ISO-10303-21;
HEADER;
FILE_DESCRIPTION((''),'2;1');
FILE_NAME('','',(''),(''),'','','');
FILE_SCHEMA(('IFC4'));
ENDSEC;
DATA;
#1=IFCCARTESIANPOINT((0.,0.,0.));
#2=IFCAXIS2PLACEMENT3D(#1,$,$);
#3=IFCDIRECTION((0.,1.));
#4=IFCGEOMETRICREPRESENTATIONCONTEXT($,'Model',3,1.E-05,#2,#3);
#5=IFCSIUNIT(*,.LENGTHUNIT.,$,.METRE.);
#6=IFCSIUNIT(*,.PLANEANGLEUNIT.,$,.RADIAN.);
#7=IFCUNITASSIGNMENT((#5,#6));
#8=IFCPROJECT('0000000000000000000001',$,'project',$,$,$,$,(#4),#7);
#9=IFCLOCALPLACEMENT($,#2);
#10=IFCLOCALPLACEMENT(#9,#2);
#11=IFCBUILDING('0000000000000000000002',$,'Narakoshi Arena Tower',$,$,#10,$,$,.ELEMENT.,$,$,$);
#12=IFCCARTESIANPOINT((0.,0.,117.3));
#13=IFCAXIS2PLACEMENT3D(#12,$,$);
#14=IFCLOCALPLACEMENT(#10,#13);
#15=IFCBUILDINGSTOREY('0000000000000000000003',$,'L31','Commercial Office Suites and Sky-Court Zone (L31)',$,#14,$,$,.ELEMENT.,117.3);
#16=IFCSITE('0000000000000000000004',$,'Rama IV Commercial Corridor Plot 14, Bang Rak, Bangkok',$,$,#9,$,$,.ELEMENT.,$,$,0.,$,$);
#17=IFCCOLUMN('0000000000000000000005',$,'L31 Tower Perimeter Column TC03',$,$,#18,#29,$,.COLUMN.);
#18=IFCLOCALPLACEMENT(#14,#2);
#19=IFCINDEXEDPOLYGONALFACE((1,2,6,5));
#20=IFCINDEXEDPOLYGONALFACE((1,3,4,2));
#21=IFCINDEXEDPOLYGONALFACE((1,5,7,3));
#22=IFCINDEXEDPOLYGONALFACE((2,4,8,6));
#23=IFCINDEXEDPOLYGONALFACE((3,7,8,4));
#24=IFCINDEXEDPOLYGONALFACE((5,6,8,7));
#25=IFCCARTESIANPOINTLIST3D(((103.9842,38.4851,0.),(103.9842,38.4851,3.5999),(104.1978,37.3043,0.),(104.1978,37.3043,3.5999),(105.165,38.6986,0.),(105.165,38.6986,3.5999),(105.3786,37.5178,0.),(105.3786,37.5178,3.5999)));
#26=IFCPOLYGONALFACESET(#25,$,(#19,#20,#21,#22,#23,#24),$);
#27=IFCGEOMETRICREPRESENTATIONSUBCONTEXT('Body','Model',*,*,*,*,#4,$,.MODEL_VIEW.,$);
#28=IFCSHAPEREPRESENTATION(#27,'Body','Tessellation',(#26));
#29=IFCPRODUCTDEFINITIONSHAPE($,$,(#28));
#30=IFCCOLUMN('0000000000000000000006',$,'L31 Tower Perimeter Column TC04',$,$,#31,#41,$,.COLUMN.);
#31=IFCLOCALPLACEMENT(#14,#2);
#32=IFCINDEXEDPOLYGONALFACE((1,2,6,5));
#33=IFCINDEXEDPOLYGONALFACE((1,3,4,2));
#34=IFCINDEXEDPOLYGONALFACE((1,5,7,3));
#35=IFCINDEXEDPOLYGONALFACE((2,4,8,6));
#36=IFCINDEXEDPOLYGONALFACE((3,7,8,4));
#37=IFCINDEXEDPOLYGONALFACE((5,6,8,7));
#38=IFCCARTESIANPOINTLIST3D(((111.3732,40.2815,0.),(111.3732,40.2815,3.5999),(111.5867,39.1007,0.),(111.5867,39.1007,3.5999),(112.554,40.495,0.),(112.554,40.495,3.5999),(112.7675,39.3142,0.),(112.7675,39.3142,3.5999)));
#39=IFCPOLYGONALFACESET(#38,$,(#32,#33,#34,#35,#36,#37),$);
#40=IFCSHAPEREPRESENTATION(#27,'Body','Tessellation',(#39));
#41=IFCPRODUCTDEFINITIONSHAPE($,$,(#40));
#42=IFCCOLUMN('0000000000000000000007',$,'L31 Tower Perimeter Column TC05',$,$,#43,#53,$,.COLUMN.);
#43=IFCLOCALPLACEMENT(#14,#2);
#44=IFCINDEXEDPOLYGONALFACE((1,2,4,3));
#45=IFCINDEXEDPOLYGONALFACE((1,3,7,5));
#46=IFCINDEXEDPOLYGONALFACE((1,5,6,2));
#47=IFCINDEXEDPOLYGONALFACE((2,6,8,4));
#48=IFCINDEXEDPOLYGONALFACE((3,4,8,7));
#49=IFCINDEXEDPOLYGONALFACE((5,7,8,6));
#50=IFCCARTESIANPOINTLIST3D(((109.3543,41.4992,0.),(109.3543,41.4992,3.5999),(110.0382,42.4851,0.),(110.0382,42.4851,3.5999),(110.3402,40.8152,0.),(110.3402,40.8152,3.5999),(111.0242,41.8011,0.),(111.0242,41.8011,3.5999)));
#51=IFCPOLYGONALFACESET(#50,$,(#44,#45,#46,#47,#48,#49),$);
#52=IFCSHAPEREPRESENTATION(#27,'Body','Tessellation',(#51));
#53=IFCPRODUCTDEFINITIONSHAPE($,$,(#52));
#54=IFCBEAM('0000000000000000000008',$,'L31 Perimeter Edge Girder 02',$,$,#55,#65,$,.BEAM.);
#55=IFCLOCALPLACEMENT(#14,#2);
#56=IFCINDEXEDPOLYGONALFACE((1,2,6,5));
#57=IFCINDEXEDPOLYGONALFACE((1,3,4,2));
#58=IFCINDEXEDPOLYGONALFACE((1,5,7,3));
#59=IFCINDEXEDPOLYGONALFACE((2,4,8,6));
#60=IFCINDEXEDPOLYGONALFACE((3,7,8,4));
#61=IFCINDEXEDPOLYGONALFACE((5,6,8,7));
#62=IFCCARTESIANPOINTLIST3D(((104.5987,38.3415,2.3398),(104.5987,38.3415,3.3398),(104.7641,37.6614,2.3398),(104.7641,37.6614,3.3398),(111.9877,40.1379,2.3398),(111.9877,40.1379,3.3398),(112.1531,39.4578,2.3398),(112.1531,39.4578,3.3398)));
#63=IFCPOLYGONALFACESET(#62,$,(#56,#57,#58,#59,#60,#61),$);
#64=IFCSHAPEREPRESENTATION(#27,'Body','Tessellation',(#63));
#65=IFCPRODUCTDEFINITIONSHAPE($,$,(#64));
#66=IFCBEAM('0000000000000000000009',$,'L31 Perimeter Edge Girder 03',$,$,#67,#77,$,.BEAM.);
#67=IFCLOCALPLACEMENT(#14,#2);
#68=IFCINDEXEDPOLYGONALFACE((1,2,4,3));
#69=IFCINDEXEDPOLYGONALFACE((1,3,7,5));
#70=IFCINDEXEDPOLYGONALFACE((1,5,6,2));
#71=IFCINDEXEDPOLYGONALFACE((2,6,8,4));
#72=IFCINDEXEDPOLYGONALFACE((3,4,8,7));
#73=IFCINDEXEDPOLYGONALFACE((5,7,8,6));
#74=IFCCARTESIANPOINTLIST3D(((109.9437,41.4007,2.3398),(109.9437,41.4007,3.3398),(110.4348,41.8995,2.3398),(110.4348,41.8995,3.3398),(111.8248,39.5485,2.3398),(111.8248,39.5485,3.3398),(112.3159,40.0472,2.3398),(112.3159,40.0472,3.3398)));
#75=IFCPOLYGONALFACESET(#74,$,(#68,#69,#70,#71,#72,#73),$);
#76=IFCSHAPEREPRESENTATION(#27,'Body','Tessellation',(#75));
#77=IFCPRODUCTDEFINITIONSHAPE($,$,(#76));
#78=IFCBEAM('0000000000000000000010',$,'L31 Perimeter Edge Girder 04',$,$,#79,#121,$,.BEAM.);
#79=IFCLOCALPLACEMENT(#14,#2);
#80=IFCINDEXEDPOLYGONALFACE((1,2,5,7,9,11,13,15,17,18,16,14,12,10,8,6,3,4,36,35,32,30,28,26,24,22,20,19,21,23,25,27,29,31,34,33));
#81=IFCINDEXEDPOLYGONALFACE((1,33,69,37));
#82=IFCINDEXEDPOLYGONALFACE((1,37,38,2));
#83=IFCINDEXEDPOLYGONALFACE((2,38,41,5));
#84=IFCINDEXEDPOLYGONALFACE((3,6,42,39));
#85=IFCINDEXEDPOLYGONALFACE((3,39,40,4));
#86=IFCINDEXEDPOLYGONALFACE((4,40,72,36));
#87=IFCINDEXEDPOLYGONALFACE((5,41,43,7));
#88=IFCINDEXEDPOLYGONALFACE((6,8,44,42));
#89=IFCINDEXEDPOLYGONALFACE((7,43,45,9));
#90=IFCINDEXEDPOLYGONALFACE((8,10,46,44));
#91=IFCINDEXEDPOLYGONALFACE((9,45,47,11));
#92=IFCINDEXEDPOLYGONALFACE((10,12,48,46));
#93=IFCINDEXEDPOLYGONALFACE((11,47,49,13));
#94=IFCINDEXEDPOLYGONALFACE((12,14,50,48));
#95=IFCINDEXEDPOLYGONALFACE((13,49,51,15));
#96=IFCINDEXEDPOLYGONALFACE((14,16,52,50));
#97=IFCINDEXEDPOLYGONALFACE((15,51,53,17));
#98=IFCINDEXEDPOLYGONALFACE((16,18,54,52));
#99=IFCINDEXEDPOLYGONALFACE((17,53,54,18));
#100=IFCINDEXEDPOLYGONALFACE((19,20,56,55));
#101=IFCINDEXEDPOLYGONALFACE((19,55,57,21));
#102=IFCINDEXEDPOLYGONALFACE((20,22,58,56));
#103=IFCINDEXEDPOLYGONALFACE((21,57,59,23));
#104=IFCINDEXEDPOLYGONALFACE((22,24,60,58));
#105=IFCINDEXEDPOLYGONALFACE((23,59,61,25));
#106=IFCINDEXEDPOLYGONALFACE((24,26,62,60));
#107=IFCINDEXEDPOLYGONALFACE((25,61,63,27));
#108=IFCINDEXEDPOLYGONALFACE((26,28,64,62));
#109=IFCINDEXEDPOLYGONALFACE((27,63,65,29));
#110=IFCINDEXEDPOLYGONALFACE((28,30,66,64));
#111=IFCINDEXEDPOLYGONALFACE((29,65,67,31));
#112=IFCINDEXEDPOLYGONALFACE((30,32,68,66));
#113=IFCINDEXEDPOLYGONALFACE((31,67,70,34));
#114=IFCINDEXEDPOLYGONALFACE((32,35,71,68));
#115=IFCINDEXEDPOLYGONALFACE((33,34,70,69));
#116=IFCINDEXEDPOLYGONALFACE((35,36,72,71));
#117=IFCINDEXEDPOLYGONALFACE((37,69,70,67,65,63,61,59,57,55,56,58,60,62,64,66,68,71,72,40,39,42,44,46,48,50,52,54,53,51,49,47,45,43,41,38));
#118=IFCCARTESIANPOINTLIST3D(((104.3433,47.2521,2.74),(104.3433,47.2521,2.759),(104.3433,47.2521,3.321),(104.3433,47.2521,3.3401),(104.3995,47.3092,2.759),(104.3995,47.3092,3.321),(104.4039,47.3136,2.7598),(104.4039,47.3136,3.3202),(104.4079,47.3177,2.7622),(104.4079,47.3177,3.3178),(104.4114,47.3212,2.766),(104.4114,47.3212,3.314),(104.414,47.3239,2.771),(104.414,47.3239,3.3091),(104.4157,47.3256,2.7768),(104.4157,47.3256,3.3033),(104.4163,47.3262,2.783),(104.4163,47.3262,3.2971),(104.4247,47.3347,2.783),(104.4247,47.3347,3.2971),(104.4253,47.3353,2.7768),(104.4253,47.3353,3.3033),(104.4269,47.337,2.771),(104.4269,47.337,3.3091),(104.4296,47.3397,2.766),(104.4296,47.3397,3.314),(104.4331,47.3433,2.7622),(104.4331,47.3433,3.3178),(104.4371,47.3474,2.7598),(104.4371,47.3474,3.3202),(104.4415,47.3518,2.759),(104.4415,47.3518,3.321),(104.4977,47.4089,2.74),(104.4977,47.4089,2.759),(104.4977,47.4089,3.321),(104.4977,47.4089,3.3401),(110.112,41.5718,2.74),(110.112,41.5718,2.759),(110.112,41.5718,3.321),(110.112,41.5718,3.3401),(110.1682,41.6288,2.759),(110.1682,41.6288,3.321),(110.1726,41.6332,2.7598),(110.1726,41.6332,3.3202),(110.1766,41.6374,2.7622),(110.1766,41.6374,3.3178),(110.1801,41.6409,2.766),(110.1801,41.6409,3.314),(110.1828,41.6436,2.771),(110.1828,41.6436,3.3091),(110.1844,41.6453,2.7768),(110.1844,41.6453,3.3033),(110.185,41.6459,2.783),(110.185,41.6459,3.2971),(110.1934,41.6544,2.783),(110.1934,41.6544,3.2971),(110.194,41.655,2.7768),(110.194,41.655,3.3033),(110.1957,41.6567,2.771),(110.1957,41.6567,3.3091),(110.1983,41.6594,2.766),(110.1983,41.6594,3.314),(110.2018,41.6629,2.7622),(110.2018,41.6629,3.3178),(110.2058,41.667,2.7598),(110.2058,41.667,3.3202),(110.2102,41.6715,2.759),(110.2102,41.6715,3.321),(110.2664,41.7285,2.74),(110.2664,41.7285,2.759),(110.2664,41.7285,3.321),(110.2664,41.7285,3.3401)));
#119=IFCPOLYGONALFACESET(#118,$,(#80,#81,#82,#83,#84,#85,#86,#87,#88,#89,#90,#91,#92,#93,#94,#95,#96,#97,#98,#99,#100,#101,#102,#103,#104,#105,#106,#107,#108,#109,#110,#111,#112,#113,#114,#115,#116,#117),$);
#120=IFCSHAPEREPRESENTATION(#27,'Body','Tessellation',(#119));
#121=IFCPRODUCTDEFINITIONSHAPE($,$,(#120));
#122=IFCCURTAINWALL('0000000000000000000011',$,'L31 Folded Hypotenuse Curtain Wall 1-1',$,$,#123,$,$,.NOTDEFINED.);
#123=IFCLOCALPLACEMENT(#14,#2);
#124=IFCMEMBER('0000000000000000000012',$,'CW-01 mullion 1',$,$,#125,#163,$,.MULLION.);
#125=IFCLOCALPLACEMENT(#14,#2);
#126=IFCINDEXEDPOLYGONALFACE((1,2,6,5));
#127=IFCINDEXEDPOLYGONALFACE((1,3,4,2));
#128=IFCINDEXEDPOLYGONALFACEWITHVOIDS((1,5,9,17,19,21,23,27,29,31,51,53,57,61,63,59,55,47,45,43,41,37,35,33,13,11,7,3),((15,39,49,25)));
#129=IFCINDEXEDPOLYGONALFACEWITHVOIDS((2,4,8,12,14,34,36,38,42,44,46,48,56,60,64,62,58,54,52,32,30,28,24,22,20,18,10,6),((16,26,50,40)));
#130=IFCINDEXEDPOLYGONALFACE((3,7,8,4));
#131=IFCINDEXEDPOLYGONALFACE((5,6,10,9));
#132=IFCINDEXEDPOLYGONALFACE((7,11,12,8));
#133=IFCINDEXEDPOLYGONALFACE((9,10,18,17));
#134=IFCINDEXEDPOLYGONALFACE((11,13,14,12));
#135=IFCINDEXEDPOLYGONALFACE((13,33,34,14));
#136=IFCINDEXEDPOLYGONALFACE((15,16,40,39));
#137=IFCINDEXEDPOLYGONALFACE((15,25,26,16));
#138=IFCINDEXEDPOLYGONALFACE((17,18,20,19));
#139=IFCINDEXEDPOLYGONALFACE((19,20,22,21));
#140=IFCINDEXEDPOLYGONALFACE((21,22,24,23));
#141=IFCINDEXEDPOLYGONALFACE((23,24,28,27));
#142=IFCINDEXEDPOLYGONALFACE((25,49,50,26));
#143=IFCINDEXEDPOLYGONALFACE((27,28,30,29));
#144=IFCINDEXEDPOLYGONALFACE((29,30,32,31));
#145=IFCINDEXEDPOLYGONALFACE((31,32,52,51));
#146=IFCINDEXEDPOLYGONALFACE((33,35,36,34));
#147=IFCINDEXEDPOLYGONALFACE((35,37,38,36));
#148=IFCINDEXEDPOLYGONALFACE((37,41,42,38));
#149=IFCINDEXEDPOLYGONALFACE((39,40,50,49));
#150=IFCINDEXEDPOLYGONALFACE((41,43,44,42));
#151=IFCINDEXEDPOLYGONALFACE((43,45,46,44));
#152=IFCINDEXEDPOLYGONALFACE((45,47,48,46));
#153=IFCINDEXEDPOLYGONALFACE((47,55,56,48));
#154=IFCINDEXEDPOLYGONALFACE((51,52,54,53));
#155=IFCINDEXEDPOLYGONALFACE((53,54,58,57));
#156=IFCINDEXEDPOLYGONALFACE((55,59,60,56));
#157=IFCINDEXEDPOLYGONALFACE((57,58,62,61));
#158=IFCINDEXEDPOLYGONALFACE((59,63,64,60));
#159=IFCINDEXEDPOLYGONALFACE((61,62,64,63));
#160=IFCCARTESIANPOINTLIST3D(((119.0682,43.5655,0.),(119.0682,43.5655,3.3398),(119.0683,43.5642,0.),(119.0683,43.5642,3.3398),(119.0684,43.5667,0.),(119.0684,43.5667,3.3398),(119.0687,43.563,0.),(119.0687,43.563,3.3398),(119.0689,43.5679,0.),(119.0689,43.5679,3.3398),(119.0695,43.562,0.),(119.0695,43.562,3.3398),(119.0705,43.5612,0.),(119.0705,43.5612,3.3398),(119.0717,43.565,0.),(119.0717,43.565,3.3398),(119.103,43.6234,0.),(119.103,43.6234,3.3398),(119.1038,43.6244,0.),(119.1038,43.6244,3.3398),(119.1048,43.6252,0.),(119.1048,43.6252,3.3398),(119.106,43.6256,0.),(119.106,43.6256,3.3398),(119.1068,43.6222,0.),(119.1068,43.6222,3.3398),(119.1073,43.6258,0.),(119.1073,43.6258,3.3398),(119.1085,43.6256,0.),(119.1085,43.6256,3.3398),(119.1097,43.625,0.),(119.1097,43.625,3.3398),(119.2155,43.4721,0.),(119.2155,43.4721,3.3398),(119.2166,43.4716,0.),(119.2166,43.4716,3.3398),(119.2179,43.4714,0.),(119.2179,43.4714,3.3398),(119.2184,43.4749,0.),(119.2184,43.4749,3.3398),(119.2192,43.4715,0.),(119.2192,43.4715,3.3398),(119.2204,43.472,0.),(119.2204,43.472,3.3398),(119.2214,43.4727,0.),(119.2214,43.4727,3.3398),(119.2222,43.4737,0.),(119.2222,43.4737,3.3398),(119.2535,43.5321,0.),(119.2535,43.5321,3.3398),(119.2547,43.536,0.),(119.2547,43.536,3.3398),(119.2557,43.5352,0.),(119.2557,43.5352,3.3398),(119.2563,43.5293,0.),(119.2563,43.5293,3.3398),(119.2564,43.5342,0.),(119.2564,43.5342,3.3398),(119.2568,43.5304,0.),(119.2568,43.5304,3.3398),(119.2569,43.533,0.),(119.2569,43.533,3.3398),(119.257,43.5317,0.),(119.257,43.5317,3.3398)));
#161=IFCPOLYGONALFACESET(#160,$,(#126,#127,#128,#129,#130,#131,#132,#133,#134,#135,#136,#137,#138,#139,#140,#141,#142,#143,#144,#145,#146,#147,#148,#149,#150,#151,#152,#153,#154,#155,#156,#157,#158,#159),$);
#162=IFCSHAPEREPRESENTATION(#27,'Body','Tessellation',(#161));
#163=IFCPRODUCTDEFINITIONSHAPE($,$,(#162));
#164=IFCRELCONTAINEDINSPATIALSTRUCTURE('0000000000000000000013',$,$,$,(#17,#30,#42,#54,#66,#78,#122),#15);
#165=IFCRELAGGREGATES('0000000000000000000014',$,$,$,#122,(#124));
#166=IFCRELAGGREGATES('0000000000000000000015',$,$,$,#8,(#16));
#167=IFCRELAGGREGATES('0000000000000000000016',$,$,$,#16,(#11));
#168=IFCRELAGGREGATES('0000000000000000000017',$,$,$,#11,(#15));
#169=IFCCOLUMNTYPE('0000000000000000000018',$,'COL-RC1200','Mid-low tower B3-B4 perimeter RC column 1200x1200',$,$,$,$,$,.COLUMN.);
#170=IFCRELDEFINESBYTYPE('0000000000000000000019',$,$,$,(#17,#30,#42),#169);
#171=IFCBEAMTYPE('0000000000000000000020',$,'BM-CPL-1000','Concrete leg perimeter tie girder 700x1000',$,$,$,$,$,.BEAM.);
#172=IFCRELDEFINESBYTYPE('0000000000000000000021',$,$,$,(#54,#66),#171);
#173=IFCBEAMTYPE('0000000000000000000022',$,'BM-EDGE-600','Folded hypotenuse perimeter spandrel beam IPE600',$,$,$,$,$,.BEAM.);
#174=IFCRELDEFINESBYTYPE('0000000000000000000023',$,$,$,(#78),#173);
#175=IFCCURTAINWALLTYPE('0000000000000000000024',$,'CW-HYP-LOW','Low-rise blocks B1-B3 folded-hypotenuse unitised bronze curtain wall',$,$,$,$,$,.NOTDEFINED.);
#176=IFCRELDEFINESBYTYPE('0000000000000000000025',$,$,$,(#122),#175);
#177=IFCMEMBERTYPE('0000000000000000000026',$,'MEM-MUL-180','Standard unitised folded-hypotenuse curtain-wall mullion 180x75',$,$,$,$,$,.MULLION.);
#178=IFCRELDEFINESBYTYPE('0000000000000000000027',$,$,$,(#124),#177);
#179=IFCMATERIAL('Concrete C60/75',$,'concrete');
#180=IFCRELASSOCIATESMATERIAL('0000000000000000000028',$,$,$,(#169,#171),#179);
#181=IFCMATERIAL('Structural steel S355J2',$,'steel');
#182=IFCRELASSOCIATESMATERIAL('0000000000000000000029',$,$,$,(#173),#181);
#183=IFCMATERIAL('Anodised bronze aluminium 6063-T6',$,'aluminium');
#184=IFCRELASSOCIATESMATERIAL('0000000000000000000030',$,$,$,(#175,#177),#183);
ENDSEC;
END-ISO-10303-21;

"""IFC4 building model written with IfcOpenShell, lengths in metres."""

from ifc_helpers import new_model, si_unit, direction, frame, origin, origin_2d, place, context, subcontext, project, spatial, rectangle, hollow_rectangle, i_section, extrude, material, material_profile, profile_set, type_object, element, aggregate, save


model = new_model("IFC4")

# Units and contexts
model_context = context("Model", 3, precision=1e-05, world=origin(), true_north=direction((0.0, 1.0)))
body_context = subcontext(model_context, "Body", "Model", "MODEL_VIEW")
ifc_project = project(units=[si_unit("LENGTHUNIT", "METRE"), si_unit("PLANEANGLEUNIT", "RADIAN")], contexts=[model_context])

# Site, building, storey
site_placement = place(None, origin())
site = spatial("IfcSite", under=ifc_project, at=site_placement, Name="Rama IV Commercial Corridor Plot 14, Bang Rak, Bangkok", CompositionType="ELEMENT", RefElevation=0.0)
building_placement = place(site_placement, origin())
building = spatial("IfcBuilding", under=site, at=building_placement, Name="Narakoshi Arena Tower", CompositionType="ELEMENT")
storey_placement = place(building_placement, frame((0.0, 0.0, 117.3)))
storey = spatial("IfcBuildingStorey", under=building, at=storey_placement, Name="L31", Description="Commercial Office Suites and Sky-Court Zone (L31)", CompositionType="ELEMENT", Elevation=117.3)

# Columns
ifc_material_1 = material(Name="Concrete C60/75", Category="concrete")
ifc_material_profile_1 = material_profile(ifc_material_1, rectangle(XDim=1.2, YDim=1.2, at=origin_2d()), Name="RC1200x1200")
ifc_profile_set_1 = profile_set([ifc_material_profile_1], Name="Concrete C60/75")
column_type = type_object("IfcColumnType", Name="COL-RC1200", Description="Mid-low tower B3-B4 perimeter RC column 1200x1200", PredefinedType="COLUMN", material=ifc_profile_set_1)
for number, where, z_axis, x_axis, name in (
    (1, (104.6814, 38.0015, 0.0), (0.0, 0.0, 1.0), (0.984041, 0.177944, 0.0), "L31 Tower Perimeter Column TC03"),
    (2, (112.0703, 39.7979, 0.0), (0.0, 0.0, 1.0), (0.984041, 0.177944, 0.0), "L31 Tower Perimeter Column TC04"),
    (3, (110.1892, 41.6501, 0.0), (0.0, 0.0, 1.0), (0.569997, 0.821647, 0.0), "L31 Tower Perimeter Column TC05"),
):
    element("IfcColumn", number, at=place(storey_placement, frame(where, z_axis=z_axis, x_axis=x_axis)), inside=storey, type_object=column_type, Name=name, PredefinedType="COLUMN", context=body_context, shape_type="SweptSolid", body=[
        extrude(rectangle(XDim=1.2, YDim=1.2, at=origin_2d()), origin(), (0.0, 0.0, 1.0), 3.5999),
    ])

# Beams
ifc_material_profile_2 = material_profile(ifc_material_1, rectangle(XDim=0.7, YDim=1.0, at=origin_2d()), Name="RCB700x1000")
ifc_profile_set_2 = profile_set([ifc_material_profile_2], Name="Concrete C60/75")
beam_type_1 = type_object("IfcBeamType", Name="BM-CPL-1000", Description="Concrete leg perimeter tie girder 700x1000", PredefinedType="BEAM", material=ifc_profile_set_2)
beam_1_placement = place(storey_placement, frame((104.6814, 38.0015, 2.8398), z_axis=(0.971695, 0.236238, 0.0), x_axis=(-0.236238, 0.971695, 0.0)))
element("IfcBeam", 4, at=beam_1_placement, inside=storey, type_object=beam_type_1, Name="L31 Perimeter Edge Girder 02", PredefinedType="BEAM", context=body_context, shape_type="SweptSolid", body=[
    extrude(rectangle(XDim=0.7, YDim=1.0, at=origin_2d()), origin(), (0.0, 0.0, 1.0), 7.6042),
])
beam_2_placement = place(storey_placement, frame((112.0703, 39.7979, 2.8398), z_axis=(-0.712542, 0.70163, 0.0), x_axis=(-0.70163, -0.712542, 0.0)))
element("IfcBeam", 5, at=beam_2_placement, inside=storey, type_object=beam_type_1, Name="L31 Perimeter Edge Girder 03", PredefinedType="BEAM", context=body_context, shape_type="SweptSolid", body=[
    extrude(rectangle(XDim=0.7, YDim=1.0, at=origin_2d()), origin(), (0.0, 0.0, 1.0), 2.6399),
])
ifc_material_2 = material(Name="Structural steel S355J2", Category="steel")
ifc_material_profile_3 = material_profile(ifc_material_2, i_section(OverallWidth=0.22, OverallDepth=0.6001, WebThickness=0.012, FlangeThickness=0.019, FilletRadius=0.0239, at=origin_2d()), Name="IPE600")
ifc_profile_set_3 = profile_set([ifc_material_profile_3], Name="Structural steel S355J2")
beam_type_2 = type_object("IfcBeamType", Name="BM-EDGE-600", Description="Folded hypotenuse perimeter spandrel beam IPE600", PredefinedType="BEAM", material=ifc_profile_set_3)
beam_3_placement = place(storey_placement, frame((110.1892, 41.6501, 3.04), z_axis=(-0.712544, 0.701628, 0.0), x_axis=(-0.701628, -0.712544, 0.0)))
element("IfcBeam", 6, at=beam_3_placement, inside=storey, type_object=beam_type_2, Name="L31 Perimeter Edge Girder 04", PredefinedType="BEAM", context=body_context, shape_type="SweptSolid", body=[
    extrude(i_section(OverallWidth=0.22, OverallDepth=0.6001, WebThickness=0.012, FlangeThickness=0.019, FilletRadius=0.0239, at=origin_2d()), origin(), (0.0, 0.0, 1.0), 8.0959),
])

# Curtain wall, member
ifc_material_3 = material(Name="Anodised bronze aluminium 6063-T6", Category="aluminium")
curtain_wall_type = type_object("IfcCurtainWallType", Name="CW-HYP-LOW", Description="Low-rise blocks B1-B3 folded-hypotenuse unitised bronze curtain wall", PredefinedType="NOTDEFINED", material=ifc_material_3)
curtain_wall_placement = place(storey_placement, origin())
curtain_wall = element("IfcCurtainWall", 7, at=curtain_wall_placement, inside=storey, type_object=curtain_wall_type, Name="L31 Folded Hypotenuse Curtain Wall 1-1", PredefinedType="NOTDEFINED")
ifc_material_profile_4 = material_profile(ifc_material_3, hollow_rectangle(XDim=0.075, YDim=0.1799, WallThickness=0.0039, OuterFilletRadius=0.0049, at=origin_2d()), Name="MUL180x75x4")
ifc_profile_set_4 = profile_set([ifc_material_profile_4], Name="Anodised bronze aluminium 6063-T6")
member_type_1 = type_object("IfcMemberType", Name="MEM-MUL-180", Description="Standard unitised folded-hypotenuse curtain-wall mullion 180x75", PredefinedType="MULLION", material=ifc_profile_set_4)
member_1_placement = place(storey_placement, frame((119.1626, 43.5486, 0.0), z_axis=(0.0, 0.0, 1.0), x_axis=(-0.523358, -0.852113, 0.0)))
member_1 = element("IfcMember", 8, at=member_1_placement, type_object=member_type_1, Name="CW-01 mullion 1", PredefinedType="MULLION", context=body_context, shape_type="SweptSolid", body=[
    extrude(hollow_rectangle(XDim=0.075, YDim=0.1799, WallThickness=0.0039, OuterFilletRadius=0.0049, at=origin_2d()), origin(), (0.0, 0.0, 1.0), 3.3398),
])
aggregate(curtain_wall, [member_1])

save(model, "model.ifc")
